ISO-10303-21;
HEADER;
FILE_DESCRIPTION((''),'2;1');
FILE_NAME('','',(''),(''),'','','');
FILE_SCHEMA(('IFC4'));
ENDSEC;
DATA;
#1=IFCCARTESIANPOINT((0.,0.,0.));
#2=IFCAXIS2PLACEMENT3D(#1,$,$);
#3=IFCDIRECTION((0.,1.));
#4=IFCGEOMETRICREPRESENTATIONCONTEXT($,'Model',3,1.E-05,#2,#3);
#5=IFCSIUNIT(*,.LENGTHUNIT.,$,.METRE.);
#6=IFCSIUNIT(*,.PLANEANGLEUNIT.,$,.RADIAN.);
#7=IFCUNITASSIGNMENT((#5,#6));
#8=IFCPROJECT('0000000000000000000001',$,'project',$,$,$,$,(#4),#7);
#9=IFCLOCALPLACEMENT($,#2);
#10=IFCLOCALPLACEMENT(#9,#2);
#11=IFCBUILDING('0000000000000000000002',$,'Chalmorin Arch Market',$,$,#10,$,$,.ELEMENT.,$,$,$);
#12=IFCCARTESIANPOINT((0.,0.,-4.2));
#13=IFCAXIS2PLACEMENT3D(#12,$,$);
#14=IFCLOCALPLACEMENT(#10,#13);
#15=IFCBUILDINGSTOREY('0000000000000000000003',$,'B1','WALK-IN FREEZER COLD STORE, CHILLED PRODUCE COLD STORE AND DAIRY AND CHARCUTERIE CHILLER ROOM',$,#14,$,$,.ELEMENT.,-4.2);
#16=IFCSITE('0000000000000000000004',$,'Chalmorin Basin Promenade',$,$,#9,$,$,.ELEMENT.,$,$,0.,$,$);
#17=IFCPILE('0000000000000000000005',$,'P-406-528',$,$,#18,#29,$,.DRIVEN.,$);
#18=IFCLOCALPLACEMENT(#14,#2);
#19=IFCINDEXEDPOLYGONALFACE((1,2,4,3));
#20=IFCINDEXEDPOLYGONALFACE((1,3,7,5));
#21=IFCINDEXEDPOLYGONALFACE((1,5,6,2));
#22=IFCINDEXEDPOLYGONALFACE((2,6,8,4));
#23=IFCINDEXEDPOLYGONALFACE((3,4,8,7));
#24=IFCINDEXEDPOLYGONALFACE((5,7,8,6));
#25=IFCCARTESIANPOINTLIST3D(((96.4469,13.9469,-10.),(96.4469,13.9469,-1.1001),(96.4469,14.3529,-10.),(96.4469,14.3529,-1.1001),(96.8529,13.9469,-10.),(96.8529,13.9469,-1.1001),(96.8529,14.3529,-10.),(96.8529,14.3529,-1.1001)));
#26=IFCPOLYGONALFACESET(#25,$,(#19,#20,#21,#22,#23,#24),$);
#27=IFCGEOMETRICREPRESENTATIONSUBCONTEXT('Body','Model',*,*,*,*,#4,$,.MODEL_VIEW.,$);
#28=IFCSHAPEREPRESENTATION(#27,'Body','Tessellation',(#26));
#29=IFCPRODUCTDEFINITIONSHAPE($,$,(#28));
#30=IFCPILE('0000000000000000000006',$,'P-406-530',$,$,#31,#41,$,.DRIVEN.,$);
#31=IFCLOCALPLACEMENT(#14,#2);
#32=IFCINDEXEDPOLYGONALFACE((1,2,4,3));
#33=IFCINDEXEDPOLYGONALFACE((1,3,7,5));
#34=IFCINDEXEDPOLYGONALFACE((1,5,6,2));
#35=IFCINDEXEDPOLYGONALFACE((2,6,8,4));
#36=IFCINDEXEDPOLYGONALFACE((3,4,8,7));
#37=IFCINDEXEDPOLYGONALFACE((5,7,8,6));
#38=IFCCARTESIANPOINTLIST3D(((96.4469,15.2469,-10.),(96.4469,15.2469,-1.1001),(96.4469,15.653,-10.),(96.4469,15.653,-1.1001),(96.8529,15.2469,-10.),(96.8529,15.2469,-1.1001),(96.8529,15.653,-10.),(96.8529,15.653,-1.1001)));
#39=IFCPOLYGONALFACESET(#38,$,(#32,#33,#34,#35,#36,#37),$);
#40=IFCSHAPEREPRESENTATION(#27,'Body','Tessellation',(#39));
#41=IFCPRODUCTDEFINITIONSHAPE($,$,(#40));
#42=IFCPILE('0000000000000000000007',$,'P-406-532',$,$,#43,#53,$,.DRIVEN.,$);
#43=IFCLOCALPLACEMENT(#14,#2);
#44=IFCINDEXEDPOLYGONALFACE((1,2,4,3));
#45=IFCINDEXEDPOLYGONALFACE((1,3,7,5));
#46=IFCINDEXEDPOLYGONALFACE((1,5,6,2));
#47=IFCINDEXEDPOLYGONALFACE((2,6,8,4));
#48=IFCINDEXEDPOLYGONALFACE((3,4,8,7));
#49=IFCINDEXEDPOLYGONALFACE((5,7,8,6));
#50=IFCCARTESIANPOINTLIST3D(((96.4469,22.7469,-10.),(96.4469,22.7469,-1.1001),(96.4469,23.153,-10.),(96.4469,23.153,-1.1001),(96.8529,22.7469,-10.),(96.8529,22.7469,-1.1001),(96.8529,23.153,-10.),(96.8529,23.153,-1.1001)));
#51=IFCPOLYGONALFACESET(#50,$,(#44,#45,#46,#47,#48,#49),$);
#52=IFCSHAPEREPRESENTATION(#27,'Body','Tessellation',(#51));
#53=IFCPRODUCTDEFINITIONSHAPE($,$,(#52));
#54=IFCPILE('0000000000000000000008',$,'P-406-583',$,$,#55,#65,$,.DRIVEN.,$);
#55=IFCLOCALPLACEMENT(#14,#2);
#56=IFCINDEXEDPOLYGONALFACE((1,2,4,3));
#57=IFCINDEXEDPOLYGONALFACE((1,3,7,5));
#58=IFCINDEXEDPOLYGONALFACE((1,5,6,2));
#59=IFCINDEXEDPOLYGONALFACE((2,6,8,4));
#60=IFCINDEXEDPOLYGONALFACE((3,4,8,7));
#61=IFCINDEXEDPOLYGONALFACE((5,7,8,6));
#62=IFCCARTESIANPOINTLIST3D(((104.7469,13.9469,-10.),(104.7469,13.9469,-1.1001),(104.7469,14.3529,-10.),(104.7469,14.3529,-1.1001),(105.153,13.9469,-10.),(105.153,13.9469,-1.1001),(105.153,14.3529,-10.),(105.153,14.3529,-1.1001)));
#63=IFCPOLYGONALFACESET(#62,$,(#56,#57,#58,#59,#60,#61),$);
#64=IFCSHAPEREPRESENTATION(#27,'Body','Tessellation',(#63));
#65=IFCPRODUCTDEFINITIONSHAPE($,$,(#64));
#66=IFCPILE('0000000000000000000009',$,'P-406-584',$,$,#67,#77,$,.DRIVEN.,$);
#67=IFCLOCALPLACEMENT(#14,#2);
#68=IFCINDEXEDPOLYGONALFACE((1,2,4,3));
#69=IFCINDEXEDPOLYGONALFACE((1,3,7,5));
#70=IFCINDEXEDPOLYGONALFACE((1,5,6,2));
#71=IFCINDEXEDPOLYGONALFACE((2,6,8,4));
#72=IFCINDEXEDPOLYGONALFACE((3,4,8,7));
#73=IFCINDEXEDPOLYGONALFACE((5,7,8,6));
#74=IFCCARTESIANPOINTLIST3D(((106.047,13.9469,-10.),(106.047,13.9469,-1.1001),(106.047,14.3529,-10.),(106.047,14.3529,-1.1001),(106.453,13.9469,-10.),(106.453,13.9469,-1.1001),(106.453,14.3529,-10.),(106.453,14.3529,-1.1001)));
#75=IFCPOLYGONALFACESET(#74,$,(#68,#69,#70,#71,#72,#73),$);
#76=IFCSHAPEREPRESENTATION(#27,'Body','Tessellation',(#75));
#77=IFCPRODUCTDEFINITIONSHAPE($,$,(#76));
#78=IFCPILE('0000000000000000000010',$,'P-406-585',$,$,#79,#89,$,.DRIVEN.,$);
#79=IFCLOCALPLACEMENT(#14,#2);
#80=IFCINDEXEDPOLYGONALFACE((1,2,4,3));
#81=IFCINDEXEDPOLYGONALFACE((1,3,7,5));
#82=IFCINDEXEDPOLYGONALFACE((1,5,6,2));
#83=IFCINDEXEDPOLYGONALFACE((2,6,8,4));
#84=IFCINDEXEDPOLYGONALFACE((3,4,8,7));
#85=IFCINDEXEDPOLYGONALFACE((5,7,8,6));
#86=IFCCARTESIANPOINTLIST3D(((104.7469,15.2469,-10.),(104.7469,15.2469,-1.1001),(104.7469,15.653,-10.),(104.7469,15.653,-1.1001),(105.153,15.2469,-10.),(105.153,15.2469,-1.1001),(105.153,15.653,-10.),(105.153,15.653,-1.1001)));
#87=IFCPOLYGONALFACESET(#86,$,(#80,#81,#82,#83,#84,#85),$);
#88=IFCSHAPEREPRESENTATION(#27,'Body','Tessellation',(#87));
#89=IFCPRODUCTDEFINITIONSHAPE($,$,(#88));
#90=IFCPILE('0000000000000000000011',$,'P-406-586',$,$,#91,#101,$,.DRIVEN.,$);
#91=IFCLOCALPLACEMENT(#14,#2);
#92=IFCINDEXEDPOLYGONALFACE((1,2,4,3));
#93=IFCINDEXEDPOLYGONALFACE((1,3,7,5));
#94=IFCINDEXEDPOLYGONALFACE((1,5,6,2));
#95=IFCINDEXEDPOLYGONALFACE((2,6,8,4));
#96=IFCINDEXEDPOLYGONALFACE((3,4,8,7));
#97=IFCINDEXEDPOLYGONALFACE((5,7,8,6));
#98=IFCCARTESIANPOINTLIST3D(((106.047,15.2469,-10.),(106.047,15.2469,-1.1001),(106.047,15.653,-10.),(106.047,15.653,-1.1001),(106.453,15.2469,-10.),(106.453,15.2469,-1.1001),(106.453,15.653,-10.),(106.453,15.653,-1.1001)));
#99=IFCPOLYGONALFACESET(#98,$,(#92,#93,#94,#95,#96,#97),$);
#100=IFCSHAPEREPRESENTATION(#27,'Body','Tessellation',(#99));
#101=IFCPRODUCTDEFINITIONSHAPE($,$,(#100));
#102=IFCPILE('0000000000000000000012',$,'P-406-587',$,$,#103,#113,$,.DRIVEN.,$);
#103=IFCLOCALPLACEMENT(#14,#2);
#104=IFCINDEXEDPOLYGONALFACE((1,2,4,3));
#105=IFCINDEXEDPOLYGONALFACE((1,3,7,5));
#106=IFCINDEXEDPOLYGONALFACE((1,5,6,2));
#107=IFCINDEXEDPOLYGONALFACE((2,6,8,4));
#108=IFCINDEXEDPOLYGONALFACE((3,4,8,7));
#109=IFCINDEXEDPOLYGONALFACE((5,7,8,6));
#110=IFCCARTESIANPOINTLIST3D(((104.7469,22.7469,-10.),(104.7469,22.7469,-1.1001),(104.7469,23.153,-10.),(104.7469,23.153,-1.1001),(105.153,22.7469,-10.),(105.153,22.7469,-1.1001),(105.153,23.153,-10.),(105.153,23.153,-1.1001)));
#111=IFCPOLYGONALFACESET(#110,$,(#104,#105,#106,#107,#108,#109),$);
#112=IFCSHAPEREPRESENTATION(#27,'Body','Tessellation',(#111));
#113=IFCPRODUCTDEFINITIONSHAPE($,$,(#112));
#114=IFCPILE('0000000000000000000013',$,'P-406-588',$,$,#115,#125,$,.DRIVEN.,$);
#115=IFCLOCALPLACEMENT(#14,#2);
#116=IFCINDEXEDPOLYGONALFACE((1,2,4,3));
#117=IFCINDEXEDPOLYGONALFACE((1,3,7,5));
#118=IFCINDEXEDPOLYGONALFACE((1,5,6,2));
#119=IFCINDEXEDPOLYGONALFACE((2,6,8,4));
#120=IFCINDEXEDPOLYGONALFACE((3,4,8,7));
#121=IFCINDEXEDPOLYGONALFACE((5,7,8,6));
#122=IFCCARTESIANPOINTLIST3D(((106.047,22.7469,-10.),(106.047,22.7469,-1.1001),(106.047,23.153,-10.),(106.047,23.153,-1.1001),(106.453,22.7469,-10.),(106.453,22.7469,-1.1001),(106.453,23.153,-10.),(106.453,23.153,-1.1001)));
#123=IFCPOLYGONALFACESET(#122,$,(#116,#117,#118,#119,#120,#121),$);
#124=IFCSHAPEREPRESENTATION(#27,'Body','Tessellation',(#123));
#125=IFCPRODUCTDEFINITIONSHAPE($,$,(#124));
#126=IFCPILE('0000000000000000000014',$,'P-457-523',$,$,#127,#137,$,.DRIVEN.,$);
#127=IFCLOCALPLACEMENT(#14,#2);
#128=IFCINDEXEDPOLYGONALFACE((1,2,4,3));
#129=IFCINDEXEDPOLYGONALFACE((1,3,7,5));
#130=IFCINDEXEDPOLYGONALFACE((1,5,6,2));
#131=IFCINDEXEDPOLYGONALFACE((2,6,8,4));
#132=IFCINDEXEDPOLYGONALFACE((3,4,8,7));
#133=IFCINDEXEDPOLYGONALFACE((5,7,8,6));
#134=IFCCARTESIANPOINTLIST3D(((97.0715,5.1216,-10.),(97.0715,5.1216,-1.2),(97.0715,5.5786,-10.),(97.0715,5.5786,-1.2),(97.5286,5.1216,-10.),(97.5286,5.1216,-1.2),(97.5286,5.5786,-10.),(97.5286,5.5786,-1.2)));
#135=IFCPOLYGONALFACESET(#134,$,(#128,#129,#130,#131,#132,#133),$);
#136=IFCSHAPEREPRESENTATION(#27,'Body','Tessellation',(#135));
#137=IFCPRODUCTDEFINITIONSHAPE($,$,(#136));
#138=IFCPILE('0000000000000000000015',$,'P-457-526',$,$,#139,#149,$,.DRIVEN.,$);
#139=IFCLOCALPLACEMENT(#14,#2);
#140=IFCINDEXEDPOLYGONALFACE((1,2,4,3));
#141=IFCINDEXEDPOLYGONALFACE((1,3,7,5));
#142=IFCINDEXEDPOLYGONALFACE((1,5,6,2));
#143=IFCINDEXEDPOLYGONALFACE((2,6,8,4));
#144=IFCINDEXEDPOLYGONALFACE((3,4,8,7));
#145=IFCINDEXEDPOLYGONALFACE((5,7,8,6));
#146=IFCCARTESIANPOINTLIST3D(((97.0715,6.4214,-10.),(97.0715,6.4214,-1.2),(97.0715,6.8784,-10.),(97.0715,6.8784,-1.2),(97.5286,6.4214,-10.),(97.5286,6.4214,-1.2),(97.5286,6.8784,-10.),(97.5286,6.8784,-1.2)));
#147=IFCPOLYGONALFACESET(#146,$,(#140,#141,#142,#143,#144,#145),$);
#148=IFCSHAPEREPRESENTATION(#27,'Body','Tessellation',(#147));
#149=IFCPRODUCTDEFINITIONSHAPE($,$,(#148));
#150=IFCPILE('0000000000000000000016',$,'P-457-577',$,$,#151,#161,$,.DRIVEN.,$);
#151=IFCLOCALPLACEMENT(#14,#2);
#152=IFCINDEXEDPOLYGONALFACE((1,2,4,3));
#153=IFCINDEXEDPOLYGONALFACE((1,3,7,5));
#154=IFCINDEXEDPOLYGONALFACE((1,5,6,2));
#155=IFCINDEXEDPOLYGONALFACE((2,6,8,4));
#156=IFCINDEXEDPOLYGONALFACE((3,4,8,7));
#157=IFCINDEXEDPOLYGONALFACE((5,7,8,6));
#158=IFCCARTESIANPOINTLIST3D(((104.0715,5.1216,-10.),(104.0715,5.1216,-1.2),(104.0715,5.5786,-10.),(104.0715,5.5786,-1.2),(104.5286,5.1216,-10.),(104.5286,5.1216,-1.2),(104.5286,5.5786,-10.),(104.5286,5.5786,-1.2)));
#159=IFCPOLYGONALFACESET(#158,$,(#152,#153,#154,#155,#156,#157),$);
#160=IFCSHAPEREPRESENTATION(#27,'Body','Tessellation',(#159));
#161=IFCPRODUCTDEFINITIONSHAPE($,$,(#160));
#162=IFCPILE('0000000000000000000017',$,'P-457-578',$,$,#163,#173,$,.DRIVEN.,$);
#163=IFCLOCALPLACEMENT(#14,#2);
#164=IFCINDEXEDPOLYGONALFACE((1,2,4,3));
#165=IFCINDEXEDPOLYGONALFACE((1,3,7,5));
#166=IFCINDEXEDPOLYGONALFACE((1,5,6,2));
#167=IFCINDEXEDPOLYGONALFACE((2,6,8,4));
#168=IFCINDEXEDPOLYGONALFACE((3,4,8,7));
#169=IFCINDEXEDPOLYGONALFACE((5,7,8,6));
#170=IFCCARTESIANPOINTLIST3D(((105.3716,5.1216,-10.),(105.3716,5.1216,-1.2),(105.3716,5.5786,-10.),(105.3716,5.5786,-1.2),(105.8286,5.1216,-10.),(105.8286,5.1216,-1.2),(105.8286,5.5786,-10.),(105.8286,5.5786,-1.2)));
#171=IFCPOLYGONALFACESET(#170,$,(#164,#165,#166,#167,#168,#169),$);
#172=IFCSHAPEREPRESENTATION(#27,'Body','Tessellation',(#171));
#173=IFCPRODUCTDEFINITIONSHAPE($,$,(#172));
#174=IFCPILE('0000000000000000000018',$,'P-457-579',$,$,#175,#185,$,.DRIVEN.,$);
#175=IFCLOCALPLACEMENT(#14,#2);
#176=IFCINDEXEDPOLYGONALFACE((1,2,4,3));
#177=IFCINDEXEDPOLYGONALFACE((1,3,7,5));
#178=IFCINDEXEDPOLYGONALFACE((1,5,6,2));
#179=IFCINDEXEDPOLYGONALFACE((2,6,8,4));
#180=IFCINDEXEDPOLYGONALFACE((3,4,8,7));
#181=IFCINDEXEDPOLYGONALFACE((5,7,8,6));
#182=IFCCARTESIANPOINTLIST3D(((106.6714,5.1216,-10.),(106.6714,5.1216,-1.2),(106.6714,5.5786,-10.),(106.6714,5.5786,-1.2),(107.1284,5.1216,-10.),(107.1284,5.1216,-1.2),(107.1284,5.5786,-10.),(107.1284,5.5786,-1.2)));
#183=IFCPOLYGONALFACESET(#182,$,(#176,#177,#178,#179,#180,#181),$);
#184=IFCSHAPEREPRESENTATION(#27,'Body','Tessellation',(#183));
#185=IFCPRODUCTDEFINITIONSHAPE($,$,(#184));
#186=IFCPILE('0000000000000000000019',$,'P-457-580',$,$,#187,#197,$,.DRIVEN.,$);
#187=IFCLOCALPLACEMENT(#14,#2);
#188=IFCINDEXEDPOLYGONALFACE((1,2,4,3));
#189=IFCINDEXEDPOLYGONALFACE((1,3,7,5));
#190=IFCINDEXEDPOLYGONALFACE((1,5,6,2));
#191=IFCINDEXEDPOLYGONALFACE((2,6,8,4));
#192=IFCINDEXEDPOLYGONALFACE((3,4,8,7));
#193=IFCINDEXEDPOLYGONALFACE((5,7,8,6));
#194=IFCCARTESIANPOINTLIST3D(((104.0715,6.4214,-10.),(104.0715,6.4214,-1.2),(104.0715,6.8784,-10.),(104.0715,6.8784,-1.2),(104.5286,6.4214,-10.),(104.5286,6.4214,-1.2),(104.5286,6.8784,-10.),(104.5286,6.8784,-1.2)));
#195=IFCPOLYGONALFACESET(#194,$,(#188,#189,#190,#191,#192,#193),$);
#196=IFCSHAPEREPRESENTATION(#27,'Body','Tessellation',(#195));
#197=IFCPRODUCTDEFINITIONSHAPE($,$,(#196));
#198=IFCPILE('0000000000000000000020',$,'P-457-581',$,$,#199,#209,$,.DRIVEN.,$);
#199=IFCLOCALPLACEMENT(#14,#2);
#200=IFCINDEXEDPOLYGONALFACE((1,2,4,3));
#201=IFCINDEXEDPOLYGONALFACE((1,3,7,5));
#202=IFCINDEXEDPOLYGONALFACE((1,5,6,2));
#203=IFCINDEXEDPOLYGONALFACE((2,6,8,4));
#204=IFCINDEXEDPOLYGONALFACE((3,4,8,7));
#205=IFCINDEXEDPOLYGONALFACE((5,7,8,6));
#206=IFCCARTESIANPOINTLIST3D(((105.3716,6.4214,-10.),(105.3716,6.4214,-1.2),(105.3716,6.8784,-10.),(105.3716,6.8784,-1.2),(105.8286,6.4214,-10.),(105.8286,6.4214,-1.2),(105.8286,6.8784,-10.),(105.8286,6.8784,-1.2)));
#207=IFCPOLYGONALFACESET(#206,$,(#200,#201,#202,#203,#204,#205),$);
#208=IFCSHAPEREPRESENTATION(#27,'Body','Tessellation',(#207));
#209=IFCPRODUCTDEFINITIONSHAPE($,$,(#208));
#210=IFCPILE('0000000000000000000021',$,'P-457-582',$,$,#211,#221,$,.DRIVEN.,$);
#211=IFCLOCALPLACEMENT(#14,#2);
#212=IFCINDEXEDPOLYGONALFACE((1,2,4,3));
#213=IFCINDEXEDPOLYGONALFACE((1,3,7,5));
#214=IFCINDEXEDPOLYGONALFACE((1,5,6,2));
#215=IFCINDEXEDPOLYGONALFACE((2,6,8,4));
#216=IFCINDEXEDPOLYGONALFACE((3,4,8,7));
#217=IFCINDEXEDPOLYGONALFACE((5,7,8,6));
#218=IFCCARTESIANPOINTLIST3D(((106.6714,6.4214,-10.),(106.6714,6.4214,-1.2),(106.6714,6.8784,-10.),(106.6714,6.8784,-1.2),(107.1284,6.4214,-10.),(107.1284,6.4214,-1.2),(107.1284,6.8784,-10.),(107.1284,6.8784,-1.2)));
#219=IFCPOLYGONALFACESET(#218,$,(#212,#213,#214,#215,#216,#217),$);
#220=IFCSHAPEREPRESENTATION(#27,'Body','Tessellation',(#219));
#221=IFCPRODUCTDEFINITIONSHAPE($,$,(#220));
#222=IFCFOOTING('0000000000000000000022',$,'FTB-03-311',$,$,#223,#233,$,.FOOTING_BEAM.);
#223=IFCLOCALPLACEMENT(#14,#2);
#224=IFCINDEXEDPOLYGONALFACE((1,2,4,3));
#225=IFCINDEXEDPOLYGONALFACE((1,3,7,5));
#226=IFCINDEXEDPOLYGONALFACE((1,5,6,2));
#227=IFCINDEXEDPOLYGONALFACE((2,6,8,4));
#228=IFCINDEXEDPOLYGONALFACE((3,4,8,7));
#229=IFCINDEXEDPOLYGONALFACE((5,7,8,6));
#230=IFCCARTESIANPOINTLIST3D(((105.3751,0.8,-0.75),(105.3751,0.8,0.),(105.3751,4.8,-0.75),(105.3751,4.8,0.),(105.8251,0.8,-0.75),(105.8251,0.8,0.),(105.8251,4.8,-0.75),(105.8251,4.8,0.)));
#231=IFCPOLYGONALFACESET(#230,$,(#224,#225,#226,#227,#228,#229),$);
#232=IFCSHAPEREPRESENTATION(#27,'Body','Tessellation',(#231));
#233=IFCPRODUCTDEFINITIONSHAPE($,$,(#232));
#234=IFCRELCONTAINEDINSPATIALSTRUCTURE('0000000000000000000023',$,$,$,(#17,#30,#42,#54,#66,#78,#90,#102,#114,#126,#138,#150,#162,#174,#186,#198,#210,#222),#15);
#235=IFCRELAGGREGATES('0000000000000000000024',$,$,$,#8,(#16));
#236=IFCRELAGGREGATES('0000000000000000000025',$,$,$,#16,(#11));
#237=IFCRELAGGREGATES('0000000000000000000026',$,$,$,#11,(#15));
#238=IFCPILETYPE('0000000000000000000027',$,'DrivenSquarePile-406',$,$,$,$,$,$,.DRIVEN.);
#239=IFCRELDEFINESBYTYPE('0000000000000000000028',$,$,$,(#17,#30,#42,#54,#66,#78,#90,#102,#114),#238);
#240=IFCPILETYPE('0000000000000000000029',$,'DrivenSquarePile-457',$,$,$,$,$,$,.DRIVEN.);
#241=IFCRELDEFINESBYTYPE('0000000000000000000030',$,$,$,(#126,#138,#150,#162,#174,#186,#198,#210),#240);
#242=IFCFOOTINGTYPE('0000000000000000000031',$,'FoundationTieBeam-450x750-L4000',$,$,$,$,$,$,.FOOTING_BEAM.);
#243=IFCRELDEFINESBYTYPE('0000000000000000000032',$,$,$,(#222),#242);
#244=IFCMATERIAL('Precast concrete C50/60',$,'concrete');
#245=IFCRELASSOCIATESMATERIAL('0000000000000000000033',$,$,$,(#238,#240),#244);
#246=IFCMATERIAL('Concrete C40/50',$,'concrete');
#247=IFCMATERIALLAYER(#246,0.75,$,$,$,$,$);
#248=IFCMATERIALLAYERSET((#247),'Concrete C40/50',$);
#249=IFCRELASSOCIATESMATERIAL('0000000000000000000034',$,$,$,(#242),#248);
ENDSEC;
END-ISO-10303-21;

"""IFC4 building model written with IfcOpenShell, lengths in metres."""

from ifc_helpers import new_model, si_unit, direction, frame, origin, origin_2d, place, context, subcontext, project, spatial, rectangle, extrude, material, layer, layer_set, material_profile, profile_set, type_object, element, save


model = new_model("IFC4")

# Units and contexts
model_context = context("Model", 3, precision=1e-05, world=origin(), true_north=direction((0.0, 1.0)))
body_context = subcontext(model_context, "Body", "Model", "MODEL_VIEW")
ifc_project = project(units=[si_unit("LENGTHUNIT", "METRE"), si_unit("PLANEANGLEUNIT", "RADIAN")], contexts=[model_context])

# Site, building, storey
site_placement = place(None, origin())
site = spatial("IfcSite", under=ifc_project, at=site_placement, Name="Chalmorin Basin Promenade", CompositionType="ELEMENT", RefElevation=0.0)
building_placement = place(site_placement, origin())
building = spatial("IfcBuilding", under=site, at=building_placement, Name="Chalmorin Arch Market", CompositionType="ELEMENT")
storey_placement = place(building_placement, frame((0.0, 0.0, -4.2)))
storey = spatial("IfcBuildingStorey", under=building, at=storey_placement, Name="B1", Description="WALK-IN FREEZER COLD STORE, CHILLED PRODUCE COLD STORE AND DAIRY AND CHARCUTERIE CHILLER ROOM", CompositionType="ELEMENT", Elevation=-4.2)

# Piles
ifc_material_1 = material(Name="Precast concrete C50/60", Category="concrete")
ifc_material_profile_1 = material_profile(ifc_material_1, rectangle(XDim=0.406, YDim=0.406, at=origin_2d()), Name="PPC406")
ifc_profile_set_1 = profile_set([ifc_material_profile_1], Name="Precast concrete C50/60")
pile_type_1 = type_object("IfcPileType", Name="DrivenSquarePile-406", PredefinedType="DRIVEN", material=ifc_profile_set_1)
for number, where, z_axis, x_axis, name in (
    (1, (96.6499, 14.1499, -1.1001), (0.0, 0.0, -1.0), (1.0, 0.0, 0.0), "P-406-528"),
    (2, (96.6499, 15.45, -1.1001), (0.0, 0.0, -1.0), (1.0, 0.0, 0.0), "P-406-530"),
    (3, (96.6499, 22.95, -1.1001), (0.0, 0.0, -1.0), (1.0, 0.0, 0.0), "P-406-532"),
    (4, (104.95, 14.1499, -1.1001), (0.0, 0.0, -1.0), (1.0, 0.0, 0.0), "P-406-583"),
    (5, (106.25, 14.1499, -1.1001), (0.0, 0.0, -1.0), (1.0, 0.0, 0.0), "P-406-584"),
    (6, (104.95, 15.45, -1.1001), (0.0, 0.0, -1.0), (1.0, 0.0, 0.0), "P-406-585"),
    (7, (106.25, 15.45, -1.1001), (0.0, 0.0, -1.0), (1.0, 0.0, 0.0), "P-406-586"),
    (8, (104.95, 22.95, -1.1001), (0.0, 0.0, -1.0), (1.0, 0.0, 0.0), "P-406-587"),
    (9, (106.25, 22.95, -1.1001), (0.0, 0.0, -1.0), (1.0, 0.0, 0.0), "P-406-588"),
):
    element("IfcPile", number, at=place(storey_placement, frame(where, z_axis=z_axis, x_axis=x_axis)), inside=storey, type_object=pile_type_1, Name=name, PredefinedType="DRIVEN", context=body_context, shape_type="SweptSolid", body=[
        extrude(rectangle(XDim=0.406, YDim=0.406, at=origin_2d()), origin(), (0.0, 0.0, 1.0), 8.8999),
    ])
ifc_material_profile_2 = material_profile(ifc_material_1, rectangle(XDim=0.457, YDim=0.457, at=origin_2d()), Name="PPC457")
ifc_profile_set_2 = profile_set([ifc_material_profile_2], Name="Precast concrete C50/60")
pile_type_2 = type_object("IfcPileType", Name="DrivenSquarePile-457", PredefinedType="DRIVEN", material=ifc_profile_set_2)
for number, where, z_axis, x_axis, name in (
    (10, (97.3, 5.3501, -1.2), (0.0, 0.0, -1.0), (1.0, 0.0, 0.0), "P-457-523"),
    (11, (97.3, 6.6499, -1.2), (0.0, 0.0, -1.0), (1.0, 0.0, 0.0), "P-457-526"),
    (12, (104.3, 5.3501, -1.2), (0.0, 0.0, -1.0), (1.0, 0.0, 0.0), "P-457-577"),
    (13, (105.6001, 5.3501, -1.2), (0.0, 0.0, -1.0), (1.0, 0.0, 0.0), "P-457-578"),
    (14, (106.8999, 5.3501, -1.2), (0.0, 0.0, -1.0), (1.0, 0.0, 0.0), "P-457-579"),
    (15, (104.3, 6.6499, -1.2), (0.0, 0.0, -1.0), (1.0, 0.0, 0.0), "P-457-580"),
    (16, (105.6001, 6.6499, -1.2), (0.0, 0.0, -1.0), (1.0, 0.0, 0.0), "P-457-581"),
    (17, (106.8999, 6.6499, -1.2), (0.0, 0.0, -1.0), (1.0, 0.0, 0.0), "P-457-582"),
):
    element("IfcPile", number, at=place(storey_placement, frame(where, z_axis=z_axis, x_axis=x_axis)), inside=storey, type_object=pile_type_2, Name=name, PredefinedType="DRIVEN", context=body_context, shape_type="SweptSolid", body=[
        extrude(rectangle(XDim=0.457, YDim=0.457, at=origin_2d()), origin(), (0.0, 0.0, 1.0), 8.8),
    ])

# Footing
ifc_material_2 = material(Name="Concrete C40/50", Category="concrete")
ifc_layer_1 = layer(ifc_material_2, 0.75)
ifc_layer_set_1 = layer_set([ifc_layer_1], Name="Concrete C40/50")
footing_type_1 = type_object("IfcFootingType", Name="FoundationTieBeam-450x750-L4000", PredefinedType="FOOTING_BEAM", material=ifc_layer_set_1)
footing_1_placement = place(storey_placement, frame((105.6001, 2.8, -0.75), z_axis=(0.0, 0.0, 1.0), x_axis=(0.0, 1.0, 0.0)))
element("IfcFooting", 18, at=footing_1_placement, inside=storey, type_object=footing_type_1, Name="FTB-03-311", PredefinedType="FOOTING_BEAM", context=body_context, shape_type="SweptSolid", body=[
    extrude(rectangle(XDim=4.0, YDim=0.45, at=origin_2d()), origin(), (0.0, 0.0, 1.0), 0.75),
])

save(model, "model.ifc")
